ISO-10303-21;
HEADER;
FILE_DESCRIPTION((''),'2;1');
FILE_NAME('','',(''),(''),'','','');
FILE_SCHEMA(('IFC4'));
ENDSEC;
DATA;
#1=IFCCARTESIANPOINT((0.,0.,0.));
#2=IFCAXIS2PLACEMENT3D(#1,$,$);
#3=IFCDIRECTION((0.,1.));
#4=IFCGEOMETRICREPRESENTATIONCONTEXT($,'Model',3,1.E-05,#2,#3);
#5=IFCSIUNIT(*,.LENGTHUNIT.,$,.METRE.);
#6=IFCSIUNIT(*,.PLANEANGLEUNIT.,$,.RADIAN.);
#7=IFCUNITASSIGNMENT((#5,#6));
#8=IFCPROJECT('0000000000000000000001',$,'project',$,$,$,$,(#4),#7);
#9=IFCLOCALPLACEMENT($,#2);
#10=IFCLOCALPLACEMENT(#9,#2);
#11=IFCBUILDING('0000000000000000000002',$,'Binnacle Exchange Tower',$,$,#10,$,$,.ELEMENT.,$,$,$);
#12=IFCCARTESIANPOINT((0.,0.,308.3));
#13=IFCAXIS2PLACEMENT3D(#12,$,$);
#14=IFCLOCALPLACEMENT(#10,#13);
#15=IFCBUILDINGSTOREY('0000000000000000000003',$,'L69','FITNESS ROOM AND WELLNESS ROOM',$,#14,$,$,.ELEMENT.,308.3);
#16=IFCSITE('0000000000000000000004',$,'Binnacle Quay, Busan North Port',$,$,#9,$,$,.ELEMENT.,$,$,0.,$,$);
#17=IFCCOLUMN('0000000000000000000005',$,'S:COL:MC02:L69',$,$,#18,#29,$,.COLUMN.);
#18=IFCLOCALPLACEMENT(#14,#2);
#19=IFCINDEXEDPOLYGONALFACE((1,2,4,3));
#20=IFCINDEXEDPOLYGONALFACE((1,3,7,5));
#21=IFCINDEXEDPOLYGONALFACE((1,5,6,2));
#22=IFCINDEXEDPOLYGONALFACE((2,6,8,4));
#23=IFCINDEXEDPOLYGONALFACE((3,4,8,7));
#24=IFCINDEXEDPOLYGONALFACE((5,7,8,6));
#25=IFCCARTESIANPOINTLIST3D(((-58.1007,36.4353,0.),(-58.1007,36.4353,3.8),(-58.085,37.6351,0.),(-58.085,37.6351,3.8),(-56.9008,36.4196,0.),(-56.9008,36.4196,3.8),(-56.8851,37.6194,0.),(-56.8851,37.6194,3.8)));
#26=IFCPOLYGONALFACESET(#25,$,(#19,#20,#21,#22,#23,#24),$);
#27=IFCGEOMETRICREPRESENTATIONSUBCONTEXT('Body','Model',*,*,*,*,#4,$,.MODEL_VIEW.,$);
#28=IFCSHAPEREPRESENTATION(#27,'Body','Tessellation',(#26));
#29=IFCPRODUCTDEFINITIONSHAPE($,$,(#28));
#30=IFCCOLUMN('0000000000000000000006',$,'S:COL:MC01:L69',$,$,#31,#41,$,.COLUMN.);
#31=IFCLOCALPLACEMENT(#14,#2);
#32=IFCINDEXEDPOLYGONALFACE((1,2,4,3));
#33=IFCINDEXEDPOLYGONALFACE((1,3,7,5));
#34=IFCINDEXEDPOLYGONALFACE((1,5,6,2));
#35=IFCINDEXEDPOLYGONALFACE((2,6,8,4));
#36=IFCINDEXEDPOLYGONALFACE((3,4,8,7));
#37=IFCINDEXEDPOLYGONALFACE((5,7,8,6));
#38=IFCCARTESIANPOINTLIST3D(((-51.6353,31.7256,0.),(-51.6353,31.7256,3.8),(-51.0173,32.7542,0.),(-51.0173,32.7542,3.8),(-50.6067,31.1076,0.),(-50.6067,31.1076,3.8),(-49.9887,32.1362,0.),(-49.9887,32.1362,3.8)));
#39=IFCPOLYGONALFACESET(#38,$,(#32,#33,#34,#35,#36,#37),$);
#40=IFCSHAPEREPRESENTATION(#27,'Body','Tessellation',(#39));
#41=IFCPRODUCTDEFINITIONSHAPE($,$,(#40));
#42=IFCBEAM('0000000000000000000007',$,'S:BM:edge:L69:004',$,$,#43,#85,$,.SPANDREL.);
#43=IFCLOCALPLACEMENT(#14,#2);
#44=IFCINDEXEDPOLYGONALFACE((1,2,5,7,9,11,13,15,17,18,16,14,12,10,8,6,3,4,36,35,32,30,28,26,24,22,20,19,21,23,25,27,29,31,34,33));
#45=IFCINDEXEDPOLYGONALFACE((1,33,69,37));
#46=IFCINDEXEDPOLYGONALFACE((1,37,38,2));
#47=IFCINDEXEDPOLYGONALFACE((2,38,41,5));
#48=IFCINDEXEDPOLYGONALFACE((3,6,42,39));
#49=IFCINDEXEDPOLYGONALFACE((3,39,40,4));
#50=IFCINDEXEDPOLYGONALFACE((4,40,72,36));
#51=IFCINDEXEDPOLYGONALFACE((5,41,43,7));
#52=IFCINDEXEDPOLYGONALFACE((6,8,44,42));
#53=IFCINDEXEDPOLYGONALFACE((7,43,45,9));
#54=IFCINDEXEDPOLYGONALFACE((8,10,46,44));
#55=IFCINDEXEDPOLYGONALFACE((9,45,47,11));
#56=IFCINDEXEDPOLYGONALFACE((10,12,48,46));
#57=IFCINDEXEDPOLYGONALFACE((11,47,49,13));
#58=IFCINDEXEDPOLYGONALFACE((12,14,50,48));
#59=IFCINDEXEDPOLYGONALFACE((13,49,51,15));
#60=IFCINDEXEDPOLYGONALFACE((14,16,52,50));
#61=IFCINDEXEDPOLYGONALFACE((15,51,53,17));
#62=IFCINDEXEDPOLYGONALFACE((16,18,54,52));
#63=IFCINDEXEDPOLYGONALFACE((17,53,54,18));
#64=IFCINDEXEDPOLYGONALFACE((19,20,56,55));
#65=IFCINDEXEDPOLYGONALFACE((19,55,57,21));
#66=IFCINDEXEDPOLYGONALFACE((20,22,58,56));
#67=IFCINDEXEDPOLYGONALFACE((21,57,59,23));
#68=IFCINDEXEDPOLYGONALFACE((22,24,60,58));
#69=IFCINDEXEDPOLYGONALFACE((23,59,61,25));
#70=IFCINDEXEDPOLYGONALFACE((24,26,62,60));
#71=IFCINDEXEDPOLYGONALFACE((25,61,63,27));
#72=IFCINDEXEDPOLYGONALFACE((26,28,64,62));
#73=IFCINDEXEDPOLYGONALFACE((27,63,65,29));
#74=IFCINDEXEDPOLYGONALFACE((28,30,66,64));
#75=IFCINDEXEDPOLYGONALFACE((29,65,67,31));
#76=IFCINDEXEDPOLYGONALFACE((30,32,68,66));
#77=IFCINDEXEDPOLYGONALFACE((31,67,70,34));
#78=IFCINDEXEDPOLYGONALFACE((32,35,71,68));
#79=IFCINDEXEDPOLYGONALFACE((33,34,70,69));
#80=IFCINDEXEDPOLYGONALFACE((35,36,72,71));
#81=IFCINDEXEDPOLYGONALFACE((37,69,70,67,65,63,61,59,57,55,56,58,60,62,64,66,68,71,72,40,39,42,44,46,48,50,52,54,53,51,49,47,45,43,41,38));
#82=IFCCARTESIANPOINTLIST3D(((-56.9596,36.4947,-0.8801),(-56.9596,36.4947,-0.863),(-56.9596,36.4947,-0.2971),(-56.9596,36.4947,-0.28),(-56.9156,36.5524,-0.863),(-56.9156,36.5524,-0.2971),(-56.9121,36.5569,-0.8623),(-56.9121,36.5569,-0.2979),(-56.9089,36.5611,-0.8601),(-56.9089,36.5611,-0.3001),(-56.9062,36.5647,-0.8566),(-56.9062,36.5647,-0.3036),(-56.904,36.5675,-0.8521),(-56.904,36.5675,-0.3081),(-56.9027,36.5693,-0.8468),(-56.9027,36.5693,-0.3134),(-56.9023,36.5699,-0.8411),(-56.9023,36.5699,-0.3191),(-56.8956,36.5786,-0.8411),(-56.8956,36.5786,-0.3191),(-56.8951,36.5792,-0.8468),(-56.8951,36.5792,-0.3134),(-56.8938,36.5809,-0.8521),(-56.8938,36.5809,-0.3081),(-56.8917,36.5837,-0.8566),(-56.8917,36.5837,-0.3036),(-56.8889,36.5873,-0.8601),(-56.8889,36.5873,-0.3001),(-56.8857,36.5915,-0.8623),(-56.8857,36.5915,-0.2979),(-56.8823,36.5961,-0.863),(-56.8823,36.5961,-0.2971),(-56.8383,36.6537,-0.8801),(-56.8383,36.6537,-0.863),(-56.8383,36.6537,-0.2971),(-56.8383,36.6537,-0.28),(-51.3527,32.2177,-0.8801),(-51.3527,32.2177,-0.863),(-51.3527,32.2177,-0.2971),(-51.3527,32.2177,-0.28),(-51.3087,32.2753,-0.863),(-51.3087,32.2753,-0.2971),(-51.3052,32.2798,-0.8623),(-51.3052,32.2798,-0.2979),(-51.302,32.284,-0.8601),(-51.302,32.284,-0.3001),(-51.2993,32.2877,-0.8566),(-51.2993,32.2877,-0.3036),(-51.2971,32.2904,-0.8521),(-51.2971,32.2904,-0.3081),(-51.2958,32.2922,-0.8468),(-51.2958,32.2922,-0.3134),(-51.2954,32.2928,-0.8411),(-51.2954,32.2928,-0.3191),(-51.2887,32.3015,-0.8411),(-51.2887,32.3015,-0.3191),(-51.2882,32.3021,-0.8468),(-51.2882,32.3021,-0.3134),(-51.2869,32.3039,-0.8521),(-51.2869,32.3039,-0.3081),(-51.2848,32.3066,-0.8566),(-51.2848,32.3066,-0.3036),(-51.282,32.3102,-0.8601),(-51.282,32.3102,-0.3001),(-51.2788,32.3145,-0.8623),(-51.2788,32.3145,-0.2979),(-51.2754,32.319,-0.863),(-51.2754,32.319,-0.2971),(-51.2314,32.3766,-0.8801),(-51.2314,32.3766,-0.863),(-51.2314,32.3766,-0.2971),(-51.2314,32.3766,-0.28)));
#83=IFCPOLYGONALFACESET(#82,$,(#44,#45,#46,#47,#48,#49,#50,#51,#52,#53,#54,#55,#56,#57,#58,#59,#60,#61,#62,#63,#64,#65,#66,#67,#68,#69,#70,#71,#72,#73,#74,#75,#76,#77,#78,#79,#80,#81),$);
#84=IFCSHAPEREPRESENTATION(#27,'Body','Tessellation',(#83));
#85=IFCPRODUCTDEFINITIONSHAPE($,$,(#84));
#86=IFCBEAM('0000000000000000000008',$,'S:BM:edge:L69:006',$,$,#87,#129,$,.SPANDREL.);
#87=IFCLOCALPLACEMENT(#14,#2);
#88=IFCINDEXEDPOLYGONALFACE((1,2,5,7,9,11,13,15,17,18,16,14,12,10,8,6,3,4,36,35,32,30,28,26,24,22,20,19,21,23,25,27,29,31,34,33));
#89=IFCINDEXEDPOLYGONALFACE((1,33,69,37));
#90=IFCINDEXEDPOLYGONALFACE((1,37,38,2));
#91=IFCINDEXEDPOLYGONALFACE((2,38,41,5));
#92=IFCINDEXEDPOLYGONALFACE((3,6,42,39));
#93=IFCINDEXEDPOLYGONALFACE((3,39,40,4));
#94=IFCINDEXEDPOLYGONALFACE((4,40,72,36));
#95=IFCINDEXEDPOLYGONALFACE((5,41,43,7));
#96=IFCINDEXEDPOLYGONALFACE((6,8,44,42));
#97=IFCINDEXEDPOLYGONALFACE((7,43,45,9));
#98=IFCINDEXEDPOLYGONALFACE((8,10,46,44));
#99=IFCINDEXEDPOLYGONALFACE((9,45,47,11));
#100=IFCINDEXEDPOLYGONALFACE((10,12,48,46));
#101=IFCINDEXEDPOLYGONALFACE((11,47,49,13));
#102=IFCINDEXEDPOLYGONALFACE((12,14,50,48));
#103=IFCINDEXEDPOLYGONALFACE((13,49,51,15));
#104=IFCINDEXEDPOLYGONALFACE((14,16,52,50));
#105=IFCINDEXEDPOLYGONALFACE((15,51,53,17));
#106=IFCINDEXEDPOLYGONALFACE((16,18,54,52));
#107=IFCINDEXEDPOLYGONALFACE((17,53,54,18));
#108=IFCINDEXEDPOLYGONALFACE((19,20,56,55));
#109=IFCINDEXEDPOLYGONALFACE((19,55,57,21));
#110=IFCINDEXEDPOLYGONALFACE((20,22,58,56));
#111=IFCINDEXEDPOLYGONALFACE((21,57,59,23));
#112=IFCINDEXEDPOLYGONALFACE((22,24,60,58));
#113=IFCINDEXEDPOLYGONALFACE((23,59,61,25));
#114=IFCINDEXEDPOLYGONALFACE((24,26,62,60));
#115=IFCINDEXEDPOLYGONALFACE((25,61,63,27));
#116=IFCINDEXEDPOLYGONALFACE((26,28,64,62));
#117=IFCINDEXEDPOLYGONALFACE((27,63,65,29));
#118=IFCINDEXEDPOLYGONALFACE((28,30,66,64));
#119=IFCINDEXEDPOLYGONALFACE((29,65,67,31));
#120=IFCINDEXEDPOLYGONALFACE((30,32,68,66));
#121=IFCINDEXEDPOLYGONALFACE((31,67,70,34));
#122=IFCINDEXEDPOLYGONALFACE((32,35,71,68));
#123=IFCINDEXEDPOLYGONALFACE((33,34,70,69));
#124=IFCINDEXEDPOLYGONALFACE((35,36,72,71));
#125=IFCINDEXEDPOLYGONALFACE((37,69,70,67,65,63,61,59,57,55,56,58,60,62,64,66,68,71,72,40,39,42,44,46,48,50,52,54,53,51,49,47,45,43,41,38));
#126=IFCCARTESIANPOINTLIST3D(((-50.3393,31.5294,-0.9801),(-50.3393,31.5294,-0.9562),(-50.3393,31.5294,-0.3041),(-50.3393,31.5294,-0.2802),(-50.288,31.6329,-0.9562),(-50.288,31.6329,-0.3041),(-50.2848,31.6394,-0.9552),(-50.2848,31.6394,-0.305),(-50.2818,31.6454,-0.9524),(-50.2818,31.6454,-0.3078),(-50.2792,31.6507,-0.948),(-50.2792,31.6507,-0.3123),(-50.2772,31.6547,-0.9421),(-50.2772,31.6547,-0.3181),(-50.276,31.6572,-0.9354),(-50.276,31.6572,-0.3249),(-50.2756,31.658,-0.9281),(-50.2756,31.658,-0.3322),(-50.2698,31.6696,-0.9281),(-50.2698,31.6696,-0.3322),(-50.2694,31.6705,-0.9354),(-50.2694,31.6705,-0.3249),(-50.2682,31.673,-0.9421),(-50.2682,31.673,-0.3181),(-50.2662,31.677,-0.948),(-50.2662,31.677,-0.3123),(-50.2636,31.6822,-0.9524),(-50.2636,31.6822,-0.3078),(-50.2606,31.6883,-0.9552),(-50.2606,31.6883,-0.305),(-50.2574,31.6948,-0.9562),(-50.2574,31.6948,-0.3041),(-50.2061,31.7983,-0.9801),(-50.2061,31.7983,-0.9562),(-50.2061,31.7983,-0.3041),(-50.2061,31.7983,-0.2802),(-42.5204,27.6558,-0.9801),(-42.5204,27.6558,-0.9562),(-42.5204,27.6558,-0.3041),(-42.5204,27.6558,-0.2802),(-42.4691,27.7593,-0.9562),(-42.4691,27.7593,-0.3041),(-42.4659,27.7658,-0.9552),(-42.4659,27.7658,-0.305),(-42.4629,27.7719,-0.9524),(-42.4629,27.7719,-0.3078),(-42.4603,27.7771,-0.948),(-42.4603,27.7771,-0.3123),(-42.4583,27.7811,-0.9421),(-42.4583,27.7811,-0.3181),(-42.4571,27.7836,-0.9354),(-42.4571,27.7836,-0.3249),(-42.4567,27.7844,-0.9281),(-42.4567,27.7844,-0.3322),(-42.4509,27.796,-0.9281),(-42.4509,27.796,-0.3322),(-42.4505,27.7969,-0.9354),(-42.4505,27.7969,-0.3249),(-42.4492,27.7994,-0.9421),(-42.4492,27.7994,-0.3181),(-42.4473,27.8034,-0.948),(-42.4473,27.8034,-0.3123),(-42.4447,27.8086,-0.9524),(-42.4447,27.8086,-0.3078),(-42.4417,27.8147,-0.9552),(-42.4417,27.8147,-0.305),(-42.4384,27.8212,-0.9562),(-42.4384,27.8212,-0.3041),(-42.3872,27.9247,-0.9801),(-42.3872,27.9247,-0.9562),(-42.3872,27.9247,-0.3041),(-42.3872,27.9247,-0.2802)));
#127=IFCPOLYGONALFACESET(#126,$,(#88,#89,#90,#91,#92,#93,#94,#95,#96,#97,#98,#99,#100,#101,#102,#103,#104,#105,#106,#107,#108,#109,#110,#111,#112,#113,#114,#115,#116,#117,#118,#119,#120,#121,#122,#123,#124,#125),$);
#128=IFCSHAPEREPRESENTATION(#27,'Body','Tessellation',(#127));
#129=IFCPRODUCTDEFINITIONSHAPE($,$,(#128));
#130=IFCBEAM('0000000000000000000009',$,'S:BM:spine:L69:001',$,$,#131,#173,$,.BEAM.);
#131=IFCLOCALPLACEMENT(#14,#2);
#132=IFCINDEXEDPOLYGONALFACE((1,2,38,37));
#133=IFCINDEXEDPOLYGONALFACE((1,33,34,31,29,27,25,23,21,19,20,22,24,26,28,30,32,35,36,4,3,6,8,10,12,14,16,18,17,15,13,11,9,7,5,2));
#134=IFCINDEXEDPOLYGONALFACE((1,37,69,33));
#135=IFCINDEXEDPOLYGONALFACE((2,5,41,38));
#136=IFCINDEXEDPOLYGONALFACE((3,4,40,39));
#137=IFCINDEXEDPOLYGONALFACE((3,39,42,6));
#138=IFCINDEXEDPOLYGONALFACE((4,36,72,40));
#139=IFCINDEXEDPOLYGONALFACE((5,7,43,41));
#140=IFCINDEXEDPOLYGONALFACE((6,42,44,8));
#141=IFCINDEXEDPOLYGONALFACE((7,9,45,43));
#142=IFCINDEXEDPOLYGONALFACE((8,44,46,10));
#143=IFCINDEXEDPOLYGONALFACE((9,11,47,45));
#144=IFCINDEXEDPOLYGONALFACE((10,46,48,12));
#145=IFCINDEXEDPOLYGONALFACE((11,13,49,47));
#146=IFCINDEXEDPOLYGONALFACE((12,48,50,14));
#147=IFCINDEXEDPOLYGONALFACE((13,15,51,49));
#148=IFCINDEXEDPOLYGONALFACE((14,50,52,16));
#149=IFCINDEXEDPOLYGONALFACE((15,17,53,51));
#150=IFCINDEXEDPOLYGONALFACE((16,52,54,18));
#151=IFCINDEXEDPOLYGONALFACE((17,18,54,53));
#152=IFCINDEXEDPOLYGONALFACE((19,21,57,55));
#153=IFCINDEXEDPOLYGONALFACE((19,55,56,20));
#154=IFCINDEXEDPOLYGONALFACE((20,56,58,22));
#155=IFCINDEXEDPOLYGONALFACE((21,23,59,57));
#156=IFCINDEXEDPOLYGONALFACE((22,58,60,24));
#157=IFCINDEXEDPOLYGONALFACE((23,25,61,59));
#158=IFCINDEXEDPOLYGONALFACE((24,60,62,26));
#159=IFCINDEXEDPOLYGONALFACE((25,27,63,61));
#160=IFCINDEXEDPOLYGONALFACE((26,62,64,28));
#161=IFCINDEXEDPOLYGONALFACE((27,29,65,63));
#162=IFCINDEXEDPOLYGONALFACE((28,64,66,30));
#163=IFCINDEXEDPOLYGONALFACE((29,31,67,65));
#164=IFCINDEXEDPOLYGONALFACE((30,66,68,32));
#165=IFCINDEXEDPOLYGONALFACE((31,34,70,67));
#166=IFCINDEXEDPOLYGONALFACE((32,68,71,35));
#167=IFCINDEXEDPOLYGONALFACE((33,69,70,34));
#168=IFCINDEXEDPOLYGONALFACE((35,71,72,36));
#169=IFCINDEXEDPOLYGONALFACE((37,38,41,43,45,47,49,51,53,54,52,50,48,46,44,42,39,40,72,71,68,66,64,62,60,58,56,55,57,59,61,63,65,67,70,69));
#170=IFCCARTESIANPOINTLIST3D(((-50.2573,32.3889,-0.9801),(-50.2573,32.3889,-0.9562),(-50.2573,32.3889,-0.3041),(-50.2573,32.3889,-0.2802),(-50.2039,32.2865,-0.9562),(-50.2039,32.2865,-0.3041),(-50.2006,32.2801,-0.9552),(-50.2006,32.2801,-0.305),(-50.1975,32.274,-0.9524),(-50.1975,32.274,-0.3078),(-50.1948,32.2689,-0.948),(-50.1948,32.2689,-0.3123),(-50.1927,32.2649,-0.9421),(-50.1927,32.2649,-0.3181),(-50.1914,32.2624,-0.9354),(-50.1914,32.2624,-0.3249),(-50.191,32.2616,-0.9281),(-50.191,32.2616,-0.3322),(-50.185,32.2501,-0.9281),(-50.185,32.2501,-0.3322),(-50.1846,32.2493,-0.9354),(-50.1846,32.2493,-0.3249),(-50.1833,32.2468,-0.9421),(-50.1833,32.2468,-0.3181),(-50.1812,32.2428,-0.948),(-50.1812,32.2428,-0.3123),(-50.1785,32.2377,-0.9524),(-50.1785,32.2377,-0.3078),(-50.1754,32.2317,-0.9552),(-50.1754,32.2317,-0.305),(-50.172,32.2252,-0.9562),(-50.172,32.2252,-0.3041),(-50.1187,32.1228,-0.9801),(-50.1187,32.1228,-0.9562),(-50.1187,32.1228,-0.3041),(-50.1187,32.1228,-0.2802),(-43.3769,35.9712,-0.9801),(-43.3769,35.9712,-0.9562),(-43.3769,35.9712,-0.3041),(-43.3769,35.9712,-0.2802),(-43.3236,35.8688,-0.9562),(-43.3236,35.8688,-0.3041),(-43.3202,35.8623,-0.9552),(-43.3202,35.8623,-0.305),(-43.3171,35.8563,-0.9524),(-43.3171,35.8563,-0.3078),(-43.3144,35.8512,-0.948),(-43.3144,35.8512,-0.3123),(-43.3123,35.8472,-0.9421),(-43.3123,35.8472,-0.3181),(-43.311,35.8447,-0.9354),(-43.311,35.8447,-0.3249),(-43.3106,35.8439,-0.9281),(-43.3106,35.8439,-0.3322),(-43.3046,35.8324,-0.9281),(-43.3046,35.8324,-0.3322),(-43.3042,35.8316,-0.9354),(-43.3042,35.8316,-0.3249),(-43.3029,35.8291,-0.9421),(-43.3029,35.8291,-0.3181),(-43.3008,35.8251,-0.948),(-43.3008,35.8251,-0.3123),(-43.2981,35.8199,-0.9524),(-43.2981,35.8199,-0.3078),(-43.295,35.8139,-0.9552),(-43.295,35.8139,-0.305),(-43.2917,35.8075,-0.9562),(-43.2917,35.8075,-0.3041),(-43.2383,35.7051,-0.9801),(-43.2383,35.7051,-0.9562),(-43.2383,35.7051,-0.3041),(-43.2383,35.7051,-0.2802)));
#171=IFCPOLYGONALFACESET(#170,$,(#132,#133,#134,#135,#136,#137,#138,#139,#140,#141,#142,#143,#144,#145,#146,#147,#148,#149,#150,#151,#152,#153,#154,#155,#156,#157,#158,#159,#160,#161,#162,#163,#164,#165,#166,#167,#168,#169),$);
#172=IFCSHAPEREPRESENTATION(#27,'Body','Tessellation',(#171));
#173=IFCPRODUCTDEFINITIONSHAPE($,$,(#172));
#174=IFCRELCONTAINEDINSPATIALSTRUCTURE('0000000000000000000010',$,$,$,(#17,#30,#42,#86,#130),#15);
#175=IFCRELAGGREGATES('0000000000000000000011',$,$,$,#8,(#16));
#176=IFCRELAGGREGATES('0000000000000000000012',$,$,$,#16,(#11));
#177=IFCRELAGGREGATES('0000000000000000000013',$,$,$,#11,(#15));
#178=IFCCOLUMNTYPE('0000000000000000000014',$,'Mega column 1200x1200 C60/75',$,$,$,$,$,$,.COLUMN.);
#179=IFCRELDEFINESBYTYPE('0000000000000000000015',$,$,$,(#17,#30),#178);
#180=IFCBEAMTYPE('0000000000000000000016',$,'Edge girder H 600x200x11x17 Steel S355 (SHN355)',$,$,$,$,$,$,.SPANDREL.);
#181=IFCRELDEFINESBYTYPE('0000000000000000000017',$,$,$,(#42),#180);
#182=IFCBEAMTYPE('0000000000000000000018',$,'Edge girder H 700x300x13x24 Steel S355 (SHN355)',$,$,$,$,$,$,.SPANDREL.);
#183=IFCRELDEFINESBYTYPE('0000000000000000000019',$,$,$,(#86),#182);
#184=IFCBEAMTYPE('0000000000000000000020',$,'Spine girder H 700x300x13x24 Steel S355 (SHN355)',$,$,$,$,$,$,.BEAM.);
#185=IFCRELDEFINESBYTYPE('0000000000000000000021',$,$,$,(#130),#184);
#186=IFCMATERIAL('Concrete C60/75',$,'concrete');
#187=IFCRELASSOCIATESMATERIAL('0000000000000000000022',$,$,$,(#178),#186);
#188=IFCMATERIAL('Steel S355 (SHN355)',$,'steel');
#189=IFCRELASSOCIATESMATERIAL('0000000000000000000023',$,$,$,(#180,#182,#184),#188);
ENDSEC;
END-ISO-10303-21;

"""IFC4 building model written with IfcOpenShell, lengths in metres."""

from ifc_helpers import new_model, si_unit, direction, frame, origin, origin_2d, place, context, subcontext, project, spatial, rectangle, i_section, extrude, material, material_profile, profile_set, type_object, element, save


model = new_model("IFC4")

# Units and contexts
model_context = context("Model", 3, precision=1e-05, world=origin(), true_north=direction((0.0, 1.0)))
body_context = subcontext(model_context, "Body", "Model", "MODEL_VIEW")
ifc_project = project(units=[si_unit("LENGTHUNIT", "METRE"), si_unit("PLANEANGLEUNIT", "RADIAN")], contexts=[model_context])

# Site, building, storey
site_placement = place(None, origin())
site = spatial("IfcSite", under=ifc_project, at=site_placement, Name="Binnacle Quay, Busan North Port", CompositionType="ELEMENT", RefElevation=0.0)
building_placement = place(site_placement, origin())
building = spatial("IfcBuilding", under=site, at=building_placement, Name="Binnacle Exchange Tower", CompositionType="ELEMENT")
storey_placement = place(building_placement, frame((0.0, 0.0, 308.3)))
storey = spatial("IfcBuildingStorey", under=building, at=storey_placement, Name="L69", Description="FITNESS ROOM AND WELLNESS ROOM", CompositionType="ELEMENT", Elevation=308.3)

# Columns
ifc_material_1 = material(Name="Concrete C60/75", Category="concrete")
ifc_material_profile_1 = material_profile(ifc_material_1, rectangle(XDim=1.2, YDim=1.2, at=origin_2d()), Name="Mega column 1200x1200 C60/75")
ifc_profile_set_1 = profile_set([ifc_material_profile_1], Name="Concrete C60/75")
column_type = type_object("IfcColumnType", Name="Mega column 1200x1200 C60/75", PredefinedType="COLUMN", material=ifc_profile_set_1)
for number, where, z_axis, x_axis, name in (
    (1, (-57.4929, 37.0273, 0.0), (0.0, 0.0, 1.0), (-0.01309, -0.999914, 0.0), "S:COL:MC02:L69"),
    (2, (-50.812, 31.9309, 0.0), (0.0, 0.0, 1.0), (0.857167, -0.515038, 0.0), "S:COL:MC01:L69"),
):
    element("IfcColumn", number, at=place(storey_placement, frame(where, z_axis=z_axis, x_axis=x_axis)), inside=storey, type_object=column_type, Name=name, PredefinedType="COLUMN", context=body_context, shape_type="SweptSolid", body=[
        extrude(rectangle(XDim=1.2, YDim=1.2, at=origin_2d()), origin(), (0.0, 0.0, 1.0), 3.8),
    ])

# Beams
ifc_material_2 = material(Name="Steel S355 (SHN355)", Category="steel")
ifc_material_profile_2 = material_profile(ifc_material_2, i_section(OverallWidth=0.2, OverallDepth=0.6001, WebThickness=0.011, FlangeThickness=0.0171, FilletRadius=0.022, at=origin_2d()), Name="H 600x200x11x17")
ifc_profile_set_2 = profile_set([ifc_material_profile_2], Name="Steel S355 (SHN355)")
beam_type_1 = type_object("IfcBeamType", Name="Edge girder H 600x200x11x17 Steel S355 (SHN355)", PredefinedType="SPANDREL", material=ifc_profile_set_2)
beam_1_placement = place(storey_placement, frame((-56.8989, 36.5742, -0.5801), z_axis=(0.79508, -0.606505, 0.0), x_axis=(0.606505, 0.79508, 0.0)))
element("IfcBeam", 3, at=beam_1_placement, inside=storey, type_object=beam_type_1, Name="S:BM:edge:L69:004", PredefinedType="SPANDREL", context=body_context, shape_type="SweptSolid", body=[
    extrude(i_section(OverallWidth=0.2, OverallDepth=0.6001, WebThickness=0.011, FlangeThickness=0.0171, FilletRadius=0.022, at=origin_2d()), origin(), (0.0, 0.0, 1.0), 7.052),
])
ifc_material_profile_3 = material_profile(ifc_material_2, i_section(OverallWidth=0.3, OverallDepth=0.7, WebThickness=0.0129, FlangeThickness=0.0239, FilletRadius=0.0281, at=origin_2d()), Name="H 700x300x13x24")
ifc_profile_set_3 = profile_set([ifc_material_profile_3], Name="Steel S355 (SHN355)")
beam_type_2 = type_object("IfcBeamType", Name="Edge girder H 700x300x13x24 Steel S355 (SHN355)", PredefinedType="SPANDREL", material=ifc_profile_set_3)
beam_2_placement = place(storey_placement, frame((-50.2727, 31.6638, -0.6301), z_axis=(0.896066, -0.44392, 0.0), x_axis=(0.44392, 0.896066, 0.0)))
element("IfcBeam", 4, at=beam_2_placement, inside=storey, type_object=beam_type_2, Name="S:BM:edge:L69:006", PredefinedType="SPANDREL", context=body_context, shape_type="SweptSolid", body=[
    extrude(i_section(OverallWidth=0.3, OverallDepth=0.7, WebThickness=0.0129, FlangeThickness=0.0239, FilletRadius=0.0281, at=origin_2d()), origin(), (0.0, 0.0, 1.0), 8.7258),
])
ifc_material_profile_4 = material_profile(ifc_material_2, i_section(OverallWidth=0.3, OverallDepth=0.7, WebThickness=0.0129, FlangeThickness=0.0239, FilletRadius=0.0281, at=origin_2d()), Name="H 700x300x13x24")
ifc_profile_set_4 = profile_set([ifc_material_profile_4], Name="Steel S355 (SHN355)")
beam_type_3 = type_object("IfcBeamType", Name="Spine girder H 700x300x13x24 Steel S355 (SHN355)", PredefinedType="BEAM", material=ifc_profile_set_4)
beam_3_placement = place(storey_placement, frame((-50.188, 32.2559, -0.6301), z_axis=(0.88698, 0.461808, 0.0), x_axis=(-0.461808, 0.88698, 0.0)))
element("IfcBeam", 5, at=beam_3_placement, inside=storey, type_object=beam_type_3, Name="S:BM:spine:L69:001", PredefinedType="BEAM", context=body_context, shape_type="SweptSolid", body=[
    extrude(i_section(OverallWidth=0.3, OverallDepth=0.7, WebThickness=0.0129, FlangeThickness=0.0239, FilletRadius=0.0281, at=origin_2d()), origin(), (0.0, 0.0, 1.0), 7.7571),
])

save(model, "model.ifc")
